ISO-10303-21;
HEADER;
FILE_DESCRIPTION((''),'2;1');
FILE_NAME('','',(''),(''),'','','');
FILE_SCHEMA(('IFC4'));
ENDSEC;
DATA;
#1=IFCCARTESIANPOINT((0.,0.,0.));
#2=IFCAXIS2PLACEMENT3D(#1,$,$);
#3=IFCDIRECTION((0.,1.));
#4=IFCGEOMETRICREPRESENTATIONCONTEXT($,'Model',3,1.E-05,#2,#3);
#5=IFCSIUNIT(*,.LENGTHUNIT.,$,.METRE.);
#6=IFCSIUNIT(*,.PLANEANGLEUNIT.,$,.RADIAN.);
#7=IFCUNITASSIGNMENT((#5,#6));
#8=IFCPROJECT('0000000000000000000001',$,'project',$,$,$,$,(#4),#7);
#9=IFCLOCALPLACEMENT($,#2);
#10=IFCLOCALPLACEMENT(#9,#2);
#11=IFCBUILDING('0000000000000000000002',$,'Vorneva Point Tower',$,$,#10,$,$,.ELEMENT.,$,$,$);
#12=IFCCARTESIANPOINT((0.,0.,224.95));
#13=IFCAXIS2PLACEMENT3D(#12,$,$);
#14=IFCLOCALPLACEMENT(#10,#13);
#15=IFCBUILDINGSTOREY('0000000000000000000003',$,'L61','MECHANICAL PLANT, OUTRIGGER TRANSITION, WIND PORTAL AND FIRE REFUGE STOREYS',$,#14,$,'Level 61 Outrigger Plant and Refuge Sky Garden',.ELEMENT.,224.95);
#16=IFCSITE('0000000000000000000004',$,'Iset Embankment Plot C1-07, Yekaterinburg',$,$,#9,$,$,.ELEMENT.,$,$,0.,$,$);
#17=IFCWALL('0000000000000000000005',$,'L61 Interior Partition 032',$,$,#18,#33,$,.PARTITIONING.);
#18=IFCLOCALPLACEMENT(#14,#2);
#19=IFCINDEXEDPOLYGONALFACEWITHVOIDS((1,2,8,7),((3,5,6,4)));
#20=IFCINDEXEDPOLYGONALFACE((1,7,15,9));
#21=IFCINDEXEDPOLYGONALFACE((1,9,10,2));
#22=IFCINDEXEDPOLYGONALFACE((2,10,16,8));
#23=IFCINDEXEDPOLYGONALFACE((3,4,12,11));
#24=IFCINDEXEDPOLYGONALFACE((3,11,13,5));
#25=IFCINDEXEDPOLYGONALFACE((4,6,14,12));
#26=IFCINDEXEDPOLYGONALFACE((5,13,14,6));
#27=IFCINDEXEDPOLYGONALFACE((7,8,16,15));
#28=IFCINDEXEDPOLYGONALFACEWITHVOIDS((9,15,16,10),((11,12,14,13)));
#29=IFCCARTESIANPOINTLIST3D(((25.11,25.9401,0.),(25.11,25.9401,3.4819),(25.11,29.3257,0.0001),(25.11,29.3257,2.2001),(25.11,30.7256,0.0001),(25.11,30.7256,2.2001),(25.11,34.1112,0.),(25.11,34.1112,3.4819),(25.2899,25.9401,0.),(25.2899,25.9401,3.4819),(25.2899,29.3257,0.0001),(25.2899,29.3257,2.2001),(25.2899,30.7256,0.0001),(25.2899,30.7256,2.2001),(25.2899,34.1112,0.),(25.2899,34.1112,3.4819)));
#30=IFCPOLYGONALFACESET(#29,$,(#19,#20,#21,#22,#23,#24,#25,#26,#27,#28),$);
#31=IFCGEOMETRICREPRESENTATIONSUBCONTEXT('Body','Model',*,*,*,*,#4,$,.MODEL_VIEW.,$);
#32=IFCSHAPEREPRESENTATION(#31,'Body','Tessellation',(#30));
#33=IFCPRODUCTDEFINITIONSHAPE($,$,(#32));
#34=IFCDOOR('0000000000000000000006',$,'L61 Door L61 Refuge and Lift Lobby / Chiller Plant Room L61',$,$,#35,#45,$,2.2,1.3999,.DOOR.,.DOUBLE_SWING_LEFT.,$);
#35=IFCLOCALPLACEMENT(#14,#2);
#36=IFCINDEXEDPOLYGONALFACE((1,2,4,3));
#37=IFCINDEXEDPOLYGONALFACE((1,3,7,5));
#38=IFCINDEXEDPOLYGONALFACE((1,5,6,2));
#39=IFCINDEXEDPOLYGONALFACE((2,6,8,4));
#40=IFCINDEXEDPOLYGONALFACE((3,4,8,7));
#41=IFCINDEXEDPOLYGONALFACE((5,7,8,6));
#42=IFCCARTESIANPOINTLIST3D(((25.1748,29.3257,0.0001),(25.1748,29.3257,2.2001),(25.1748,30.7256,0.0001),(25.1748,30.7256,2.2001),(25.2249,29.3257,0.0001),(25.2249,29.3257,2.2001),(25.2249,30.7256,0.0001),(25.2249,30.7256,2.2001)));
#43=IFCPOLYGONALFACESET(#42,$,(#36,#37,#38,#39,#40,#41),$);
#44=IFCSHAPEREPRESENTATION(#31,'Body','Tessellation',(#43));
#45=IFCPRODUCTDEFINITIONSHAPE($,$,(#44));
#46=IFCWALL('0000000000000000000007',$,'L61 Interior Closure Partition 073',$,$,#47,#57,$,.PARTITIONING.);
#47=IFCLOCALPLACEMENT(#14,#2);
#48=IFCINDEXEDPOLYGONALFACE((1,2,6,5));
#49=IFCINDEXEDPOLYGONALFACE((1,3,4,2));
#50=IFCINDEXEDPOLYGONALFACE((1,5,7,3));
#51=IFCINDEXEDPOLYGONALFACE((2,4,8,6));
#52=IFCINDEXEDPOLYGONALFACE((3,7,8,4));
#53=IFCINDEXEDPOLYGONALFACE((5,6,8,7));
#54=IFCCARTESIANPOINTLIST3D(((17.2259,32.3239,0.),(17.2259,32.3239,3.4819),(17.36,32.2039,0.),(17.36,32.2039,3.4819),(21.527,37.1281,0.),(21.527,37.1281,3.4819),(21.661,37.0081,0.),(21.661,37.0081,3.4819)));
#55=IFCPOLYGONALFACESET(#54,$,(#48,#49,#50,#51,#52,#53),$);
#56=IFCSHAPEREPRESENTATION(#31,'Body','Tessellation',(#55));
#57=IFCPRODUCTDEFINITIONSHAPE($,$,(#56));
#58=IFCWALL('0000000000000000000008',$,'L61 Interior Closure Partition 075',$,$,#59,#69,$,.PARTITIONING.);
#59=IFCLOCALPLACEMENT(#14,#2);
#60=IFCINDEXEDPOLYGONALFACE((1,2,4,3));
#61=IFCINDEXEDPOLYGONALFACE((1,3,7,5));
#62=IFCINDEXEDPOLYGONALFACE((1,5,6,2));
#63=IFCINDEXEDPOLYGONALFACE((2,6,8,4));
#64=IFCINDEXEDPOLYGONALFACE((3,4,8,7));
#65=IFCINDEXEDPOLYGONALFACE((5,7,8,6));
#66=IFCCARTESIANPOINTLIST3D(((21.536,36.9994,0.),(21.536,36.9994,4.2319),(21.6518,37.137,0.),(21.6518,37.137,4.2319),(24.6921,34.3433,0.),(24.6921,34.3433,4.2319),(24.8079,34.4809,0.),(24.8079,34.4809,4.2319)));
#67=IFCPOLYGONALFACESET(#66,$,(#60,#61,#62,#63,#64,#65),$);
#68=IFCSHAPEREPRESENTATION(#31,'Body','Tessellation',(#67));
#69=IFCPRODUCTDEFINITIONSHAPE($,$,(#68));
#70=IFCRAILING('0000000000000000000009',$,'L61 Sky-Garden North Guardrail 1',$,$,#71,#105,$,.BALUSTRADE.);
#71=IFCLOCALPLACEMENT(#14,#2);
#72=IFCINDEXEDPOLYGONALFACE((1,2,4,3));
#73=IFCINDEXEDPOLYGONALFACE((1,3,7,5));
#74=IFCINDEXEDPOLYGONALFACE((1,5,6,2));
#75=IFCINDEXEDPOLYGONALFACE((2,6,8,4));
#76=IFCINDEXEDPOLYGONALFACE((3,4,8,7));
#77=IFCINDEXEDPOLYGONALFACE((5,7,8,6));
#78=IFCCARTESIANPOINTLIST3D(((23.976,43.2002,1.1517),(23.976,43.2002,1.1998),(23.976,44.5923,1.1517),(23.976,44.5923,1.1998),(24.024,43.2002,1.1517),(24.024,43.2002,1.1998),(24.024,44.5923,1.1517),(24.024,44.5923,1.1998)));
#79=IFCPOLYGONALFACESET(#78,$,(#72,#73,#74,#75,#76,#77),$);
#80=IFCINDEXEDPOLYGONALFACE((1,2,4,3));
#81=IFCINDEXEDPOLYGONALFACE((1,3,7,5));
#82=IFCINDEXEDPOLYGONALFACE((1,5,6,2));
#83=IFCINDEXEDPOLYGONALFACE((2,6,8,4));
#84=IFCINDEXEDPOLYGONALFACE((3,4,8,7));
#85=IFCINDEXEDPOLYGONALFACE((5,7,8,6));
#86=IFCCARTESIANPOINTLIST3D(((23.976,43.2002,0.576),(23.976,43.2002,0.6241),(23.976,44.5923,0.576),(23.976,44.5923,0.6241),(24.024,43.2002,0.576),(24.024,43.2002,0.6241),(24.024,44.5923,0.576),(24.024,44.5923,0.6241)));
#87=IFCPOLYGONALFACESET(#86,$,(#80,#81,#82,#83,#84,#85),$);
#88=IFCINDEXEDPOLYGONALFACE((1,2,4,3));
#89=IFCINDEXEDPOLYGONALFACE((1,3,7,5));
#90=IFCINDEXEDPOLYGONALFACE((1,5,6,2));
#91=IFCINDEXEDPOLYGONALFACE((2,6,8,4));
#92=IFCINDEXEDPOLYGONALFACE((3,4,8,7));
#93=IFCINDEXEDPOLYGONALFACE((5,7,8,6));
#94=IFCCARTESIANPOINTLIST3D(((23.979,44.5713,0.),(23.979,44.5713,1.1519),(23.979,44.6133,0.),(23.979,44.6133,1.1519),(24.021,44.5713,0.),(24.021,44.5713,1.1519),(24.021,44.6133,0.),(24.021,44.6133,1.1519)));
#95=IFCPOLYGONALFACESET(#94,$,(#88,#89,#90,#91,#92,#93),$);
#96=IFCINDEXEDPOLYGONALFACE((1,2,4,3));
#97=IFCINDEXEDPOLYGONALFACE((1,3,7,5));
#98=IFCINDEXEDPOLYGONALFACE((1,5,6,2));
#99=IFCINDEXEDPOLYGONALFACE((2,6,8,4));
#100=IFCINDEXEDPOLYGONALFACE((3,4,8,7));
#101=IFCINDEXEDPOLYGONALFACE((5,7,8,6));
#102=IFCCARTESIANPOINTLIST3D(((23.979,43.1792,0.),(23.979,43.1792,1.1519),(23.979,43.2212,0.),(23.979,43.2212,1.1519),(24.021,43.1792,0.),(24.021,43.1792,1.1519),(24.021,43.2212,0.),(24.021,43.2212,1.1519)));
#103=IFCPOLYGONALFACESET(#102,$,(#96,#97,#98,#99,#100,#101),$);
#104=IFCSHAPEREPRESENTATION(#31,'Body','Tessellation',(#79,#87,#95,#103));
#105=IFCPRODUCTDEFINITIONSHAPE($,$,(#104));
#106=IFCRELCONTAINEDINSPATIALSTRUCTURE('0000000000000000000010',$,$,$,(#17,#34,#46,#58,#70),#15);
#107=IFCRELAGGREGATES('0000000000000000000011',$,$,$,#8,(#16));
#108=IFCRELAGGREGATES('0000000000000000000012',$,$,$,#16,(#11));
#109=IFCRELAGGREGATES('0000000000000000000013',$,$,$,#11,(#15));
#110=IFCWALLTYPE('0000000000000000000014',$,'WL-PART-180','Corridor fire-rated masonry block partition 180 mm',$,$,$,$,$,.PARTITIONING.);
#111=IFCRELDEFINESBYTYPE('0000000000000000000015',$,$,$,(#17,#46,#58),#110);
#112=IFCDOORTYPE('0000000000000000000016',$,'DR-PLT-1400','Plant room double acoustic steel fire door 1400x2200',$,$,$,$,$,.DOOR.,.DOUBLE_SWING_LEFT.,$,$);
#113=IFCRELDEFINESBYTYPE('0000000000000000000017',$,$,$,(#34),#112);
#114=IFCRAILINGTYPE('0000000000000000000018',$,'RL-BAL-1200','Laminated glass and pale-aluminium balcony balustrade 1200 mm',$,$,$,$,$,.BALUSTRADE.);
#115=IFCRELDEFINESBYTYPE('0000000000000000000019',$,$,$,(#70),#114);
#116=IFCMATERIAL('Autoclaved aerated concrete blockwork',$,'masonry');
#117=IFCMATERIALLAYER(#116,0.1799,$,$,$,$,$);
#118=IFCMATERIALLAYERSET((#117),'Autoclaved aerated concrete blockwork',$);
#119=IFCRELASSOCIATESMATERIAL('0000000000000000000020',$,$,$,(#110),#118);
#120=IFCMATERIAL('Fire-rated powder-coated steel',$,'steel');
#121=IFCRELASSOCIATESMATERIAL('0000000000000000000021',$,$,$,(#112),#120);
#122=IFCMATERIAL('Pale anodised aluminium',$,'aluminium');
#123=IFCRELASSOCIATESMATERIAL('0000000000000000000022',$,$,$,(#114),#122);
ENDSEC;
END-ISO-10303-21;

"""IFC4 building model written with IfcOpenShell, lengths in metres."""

from ifc_helpers import new_model, si_unit, direction, frame, frame_2d, origin, origin_2d, place, context, subcontext, project, spatial, rectangle, extrude, material, layer, layer_set, type_object, element, fill, save


model = new_model("IFC4")

# Units and contexts
model_context = context("Model", 3, precision=1e-05, world=origin(), true_north=direction((0.0, 1.0)))
body_context = subcontext(model_context, "Body", "Model", "MODEL_VIEW")
ifc_project = project(units=[si_unit("LENGTHUNIT", "METRE"), si_unit("PLANEANGLEUNIT", "RADIAN")], contexts=[model_context])

# Site, building, storey
site_placement = place(None, origin())
site = spatial("IfcSite", under=ifc_project, at=site_placement, Name="Iset Embankment Plot C1-07, Yekaterinburg", CompositionType="ELEMENT", RefElevation=0.0)
building_placement = place(site_placement, origin())
building = spatial("IfcBuilding", under=site, at=building_placement, Name="Vorneva Point Tower", CompositionType="ELEMENT")
storey_placement = place(building_placement, frame((0.0, 0.0, 224.95)))
storey = spatial("IfcBuildingStorey", under=building, at=storey_placement, Name="L61", Description="MECHANICAL PLANT, OUTRIGGER TRANSITION, WIND PORTAL AND FIRE REFUGE STOREYS", LongName="Level 61 Outrigger Plant and Refuge Sky Garden", CompositionType="ELEMENT", Elevation=224.95)

# Wall, opening, door
ifc_material_1 = material(Name="Autoclaved aerated concrete blockwork", Category="masonry")
ifc_layer_1 = layer(ifc_material_1, 0.1799)
ifc_layer_set_1 = layer_set([ifc_layer_1], Name="Autoclaved aerated concrete blockwork")
wall_type_1 = type_object("IfcWallType", Name="WL-PART-180", Description="Corridor fire-rated masonry block partition 180 mm", PredefinedType="PARTITIONING", material=ifc_layer_set_1)
wall_1_placement = place(storey_placement, frame((25.2, 34.1111, 0.0), z_axis=(0.0, 0.0, 1.0), x_axis=(0.0, -1.0, 0.0)))
wall_1 = element("IfcWall", 1, at=wall_1_placement, inside=storey, type_object=wall_type_1, Name="L61 Interior Partition 032", PredefinedType="PARTITIONING", context=body_context, shape_type="SweptSolid", body=[
    extrude(rectangle(XDim=8.1711, YDim=0.1799, at=frame_2d((4.0854, 0.0))), origin(), (0.0, 0.0, 1.0), 3.4819),
])
opening_placement = place(wall_1_placement, frame((3.3855, 0.0, 0.0)))
opening = element("IfcOpeningElement", 2, at=opening_placement, cuts=wall_1, PredefinedType="OPENING", context=body_context, shape_type="SweptSolid", body=[
    extrude(rectangle(XDim=1.3999, YDim=2.2, at=frame_2d((0.7, 1.1001))), frame((0.0, 0.105, 0.0), z_axis=(0.0, -1.0, 0.0), x_axis=(1.0, 0.0, 0.0)), (0.0, 0.0, 1.0), 0.2097),
])
ifc_material_2 = material(Name="Fire-rated powder-coated steel", Category="steel")
door_type = type_object("IfcDoorType", Name="DR-PLT-1400", Description="Plant room double acoustic steel fire door 1400x2200", OperationType="DOUBLE_SWING_LEFT", PredefinedType="DOOR", material=ifc_material_2)
door_placement = place(opening_placement, origin())
door = element("IfcDoor", 3, at=door_placement, inside=storey, type_object=door_type, Name="L61 Door L61 Refuge and Lift Lobby / Chiller Plant Room L61", OperationType="DOUBLE_SWING_LEFT", OverallHeight=2.2, OverallWidth=1.3999, PredefinedType="DOOR", context=body_context, shape_type="SweptSolid", body=[
    extrude(rectangle(XDim=1.3999, YDim=2.2, at=frame_2d((0.7, 1.1001))), frame((0.0, 0.0249, 0.0), z_axis=(0.0, -1.0, 0.0), x_axis=(1.0, 0.0, 0.0)), (0.0, 0.0, 1.0), 0.05),
])
fill(opening, door)

# Walls
wall_2_placement = place(storey_placement, frame((21.594, 37.0681, 0.0), z_axis=(0.0, 0.0, 1.0), x_axis=(-0.667013, -0.745046, 0.0)))
element("IfcWall", 4, at=wall_2_placement, inside=storey, type_object=wall_type_1, Name="L61 Interior Closure Partition 073", PredefinedType="PARTITIONING", context=body_context, shape_type="SweptSolid", body=[
    extrude(rectangle(XDim=6.4482, YDim=0.1799, at=frame_2d((3.2241, 0.0))), origin(), (0.0, 0.0, 1.0), 3.4819),
])
wall_3_placement = place(storey_placement, frame((24.75, 34.4121, 0.0), z_axis=(0.0, 0.0, 1.0), x_axis=(-0.765112, 0.643897, 0.0)))
element("IfcWall", 5, at=wall_3_placement, inside=storey, type_object=wall_type_1, Name="L61 Interior Closure Partition 075", PredefinedType="PARTITIONING", context=body_context, shape_type="SweptSolid", body=[
    extrude(rectangle(XDim=4.125, YDim=0.1799, at=frame_2d((2.0625, 0.0))), origin(), (0.0, 0.0, 1.0), 4.2319),
])

# Railing
ifc_material_3 = material(Name="Pale anodised aluminium", Category="aluminium")
railing_type = type_object("IfcRailingType", Name="RL-BAL-1200", Description="Laminated glass and pale-aluminium balcony balustrade 1200 mm", PredefinedType="BALUSTRADE", material=ifc_material_3)
railing_placement = place(storey_placement, frame((24.0, 44.5923, 0.0)))
element("IfcRailing", 6, at=railing_placement, inside=storey, type_object=railing_type, Name="L61 Sky-Garden North Guardrail 1", PredefinedType="BALUSTRADE", context=body_context, shape_type="SweptSolid", body=[
    extrude(rectangle(XDim=0.0481, YDim=0.0481, at=origin_2d()), frame((0.0, 0.0, 1.1758), z_axis=(0.0, -1.0, 0.0), x_axis=(1.0, 0.0, 0.0)), (0.0, 0.0, 1.0), 1.3921),
    extrude(rectangle(XDim=0.0481, YDim=0.0481, at=origin_2d()), frame((0.0, 0.0, 0.6001), z_axis=(0.0, -1.0, 0.0), x_axis=(1.0, 0.0, 0.0)), (0.0, 0.0, 1.0), 1.3921),
    extrude(rectangle(XDim=0.042, YDim=0.042, at=origin_2d()), origin(), (0.0, 0.0, 1.0), 1.1519),
    extrude(rectangle(XDim=0.042, YDim=0.042, at=origin_2d()), frame((0.0, -1.3921, 0.0)), (0.0, 0.0, 1.0), 1.1519),
])

save(model, "model.ifc")
